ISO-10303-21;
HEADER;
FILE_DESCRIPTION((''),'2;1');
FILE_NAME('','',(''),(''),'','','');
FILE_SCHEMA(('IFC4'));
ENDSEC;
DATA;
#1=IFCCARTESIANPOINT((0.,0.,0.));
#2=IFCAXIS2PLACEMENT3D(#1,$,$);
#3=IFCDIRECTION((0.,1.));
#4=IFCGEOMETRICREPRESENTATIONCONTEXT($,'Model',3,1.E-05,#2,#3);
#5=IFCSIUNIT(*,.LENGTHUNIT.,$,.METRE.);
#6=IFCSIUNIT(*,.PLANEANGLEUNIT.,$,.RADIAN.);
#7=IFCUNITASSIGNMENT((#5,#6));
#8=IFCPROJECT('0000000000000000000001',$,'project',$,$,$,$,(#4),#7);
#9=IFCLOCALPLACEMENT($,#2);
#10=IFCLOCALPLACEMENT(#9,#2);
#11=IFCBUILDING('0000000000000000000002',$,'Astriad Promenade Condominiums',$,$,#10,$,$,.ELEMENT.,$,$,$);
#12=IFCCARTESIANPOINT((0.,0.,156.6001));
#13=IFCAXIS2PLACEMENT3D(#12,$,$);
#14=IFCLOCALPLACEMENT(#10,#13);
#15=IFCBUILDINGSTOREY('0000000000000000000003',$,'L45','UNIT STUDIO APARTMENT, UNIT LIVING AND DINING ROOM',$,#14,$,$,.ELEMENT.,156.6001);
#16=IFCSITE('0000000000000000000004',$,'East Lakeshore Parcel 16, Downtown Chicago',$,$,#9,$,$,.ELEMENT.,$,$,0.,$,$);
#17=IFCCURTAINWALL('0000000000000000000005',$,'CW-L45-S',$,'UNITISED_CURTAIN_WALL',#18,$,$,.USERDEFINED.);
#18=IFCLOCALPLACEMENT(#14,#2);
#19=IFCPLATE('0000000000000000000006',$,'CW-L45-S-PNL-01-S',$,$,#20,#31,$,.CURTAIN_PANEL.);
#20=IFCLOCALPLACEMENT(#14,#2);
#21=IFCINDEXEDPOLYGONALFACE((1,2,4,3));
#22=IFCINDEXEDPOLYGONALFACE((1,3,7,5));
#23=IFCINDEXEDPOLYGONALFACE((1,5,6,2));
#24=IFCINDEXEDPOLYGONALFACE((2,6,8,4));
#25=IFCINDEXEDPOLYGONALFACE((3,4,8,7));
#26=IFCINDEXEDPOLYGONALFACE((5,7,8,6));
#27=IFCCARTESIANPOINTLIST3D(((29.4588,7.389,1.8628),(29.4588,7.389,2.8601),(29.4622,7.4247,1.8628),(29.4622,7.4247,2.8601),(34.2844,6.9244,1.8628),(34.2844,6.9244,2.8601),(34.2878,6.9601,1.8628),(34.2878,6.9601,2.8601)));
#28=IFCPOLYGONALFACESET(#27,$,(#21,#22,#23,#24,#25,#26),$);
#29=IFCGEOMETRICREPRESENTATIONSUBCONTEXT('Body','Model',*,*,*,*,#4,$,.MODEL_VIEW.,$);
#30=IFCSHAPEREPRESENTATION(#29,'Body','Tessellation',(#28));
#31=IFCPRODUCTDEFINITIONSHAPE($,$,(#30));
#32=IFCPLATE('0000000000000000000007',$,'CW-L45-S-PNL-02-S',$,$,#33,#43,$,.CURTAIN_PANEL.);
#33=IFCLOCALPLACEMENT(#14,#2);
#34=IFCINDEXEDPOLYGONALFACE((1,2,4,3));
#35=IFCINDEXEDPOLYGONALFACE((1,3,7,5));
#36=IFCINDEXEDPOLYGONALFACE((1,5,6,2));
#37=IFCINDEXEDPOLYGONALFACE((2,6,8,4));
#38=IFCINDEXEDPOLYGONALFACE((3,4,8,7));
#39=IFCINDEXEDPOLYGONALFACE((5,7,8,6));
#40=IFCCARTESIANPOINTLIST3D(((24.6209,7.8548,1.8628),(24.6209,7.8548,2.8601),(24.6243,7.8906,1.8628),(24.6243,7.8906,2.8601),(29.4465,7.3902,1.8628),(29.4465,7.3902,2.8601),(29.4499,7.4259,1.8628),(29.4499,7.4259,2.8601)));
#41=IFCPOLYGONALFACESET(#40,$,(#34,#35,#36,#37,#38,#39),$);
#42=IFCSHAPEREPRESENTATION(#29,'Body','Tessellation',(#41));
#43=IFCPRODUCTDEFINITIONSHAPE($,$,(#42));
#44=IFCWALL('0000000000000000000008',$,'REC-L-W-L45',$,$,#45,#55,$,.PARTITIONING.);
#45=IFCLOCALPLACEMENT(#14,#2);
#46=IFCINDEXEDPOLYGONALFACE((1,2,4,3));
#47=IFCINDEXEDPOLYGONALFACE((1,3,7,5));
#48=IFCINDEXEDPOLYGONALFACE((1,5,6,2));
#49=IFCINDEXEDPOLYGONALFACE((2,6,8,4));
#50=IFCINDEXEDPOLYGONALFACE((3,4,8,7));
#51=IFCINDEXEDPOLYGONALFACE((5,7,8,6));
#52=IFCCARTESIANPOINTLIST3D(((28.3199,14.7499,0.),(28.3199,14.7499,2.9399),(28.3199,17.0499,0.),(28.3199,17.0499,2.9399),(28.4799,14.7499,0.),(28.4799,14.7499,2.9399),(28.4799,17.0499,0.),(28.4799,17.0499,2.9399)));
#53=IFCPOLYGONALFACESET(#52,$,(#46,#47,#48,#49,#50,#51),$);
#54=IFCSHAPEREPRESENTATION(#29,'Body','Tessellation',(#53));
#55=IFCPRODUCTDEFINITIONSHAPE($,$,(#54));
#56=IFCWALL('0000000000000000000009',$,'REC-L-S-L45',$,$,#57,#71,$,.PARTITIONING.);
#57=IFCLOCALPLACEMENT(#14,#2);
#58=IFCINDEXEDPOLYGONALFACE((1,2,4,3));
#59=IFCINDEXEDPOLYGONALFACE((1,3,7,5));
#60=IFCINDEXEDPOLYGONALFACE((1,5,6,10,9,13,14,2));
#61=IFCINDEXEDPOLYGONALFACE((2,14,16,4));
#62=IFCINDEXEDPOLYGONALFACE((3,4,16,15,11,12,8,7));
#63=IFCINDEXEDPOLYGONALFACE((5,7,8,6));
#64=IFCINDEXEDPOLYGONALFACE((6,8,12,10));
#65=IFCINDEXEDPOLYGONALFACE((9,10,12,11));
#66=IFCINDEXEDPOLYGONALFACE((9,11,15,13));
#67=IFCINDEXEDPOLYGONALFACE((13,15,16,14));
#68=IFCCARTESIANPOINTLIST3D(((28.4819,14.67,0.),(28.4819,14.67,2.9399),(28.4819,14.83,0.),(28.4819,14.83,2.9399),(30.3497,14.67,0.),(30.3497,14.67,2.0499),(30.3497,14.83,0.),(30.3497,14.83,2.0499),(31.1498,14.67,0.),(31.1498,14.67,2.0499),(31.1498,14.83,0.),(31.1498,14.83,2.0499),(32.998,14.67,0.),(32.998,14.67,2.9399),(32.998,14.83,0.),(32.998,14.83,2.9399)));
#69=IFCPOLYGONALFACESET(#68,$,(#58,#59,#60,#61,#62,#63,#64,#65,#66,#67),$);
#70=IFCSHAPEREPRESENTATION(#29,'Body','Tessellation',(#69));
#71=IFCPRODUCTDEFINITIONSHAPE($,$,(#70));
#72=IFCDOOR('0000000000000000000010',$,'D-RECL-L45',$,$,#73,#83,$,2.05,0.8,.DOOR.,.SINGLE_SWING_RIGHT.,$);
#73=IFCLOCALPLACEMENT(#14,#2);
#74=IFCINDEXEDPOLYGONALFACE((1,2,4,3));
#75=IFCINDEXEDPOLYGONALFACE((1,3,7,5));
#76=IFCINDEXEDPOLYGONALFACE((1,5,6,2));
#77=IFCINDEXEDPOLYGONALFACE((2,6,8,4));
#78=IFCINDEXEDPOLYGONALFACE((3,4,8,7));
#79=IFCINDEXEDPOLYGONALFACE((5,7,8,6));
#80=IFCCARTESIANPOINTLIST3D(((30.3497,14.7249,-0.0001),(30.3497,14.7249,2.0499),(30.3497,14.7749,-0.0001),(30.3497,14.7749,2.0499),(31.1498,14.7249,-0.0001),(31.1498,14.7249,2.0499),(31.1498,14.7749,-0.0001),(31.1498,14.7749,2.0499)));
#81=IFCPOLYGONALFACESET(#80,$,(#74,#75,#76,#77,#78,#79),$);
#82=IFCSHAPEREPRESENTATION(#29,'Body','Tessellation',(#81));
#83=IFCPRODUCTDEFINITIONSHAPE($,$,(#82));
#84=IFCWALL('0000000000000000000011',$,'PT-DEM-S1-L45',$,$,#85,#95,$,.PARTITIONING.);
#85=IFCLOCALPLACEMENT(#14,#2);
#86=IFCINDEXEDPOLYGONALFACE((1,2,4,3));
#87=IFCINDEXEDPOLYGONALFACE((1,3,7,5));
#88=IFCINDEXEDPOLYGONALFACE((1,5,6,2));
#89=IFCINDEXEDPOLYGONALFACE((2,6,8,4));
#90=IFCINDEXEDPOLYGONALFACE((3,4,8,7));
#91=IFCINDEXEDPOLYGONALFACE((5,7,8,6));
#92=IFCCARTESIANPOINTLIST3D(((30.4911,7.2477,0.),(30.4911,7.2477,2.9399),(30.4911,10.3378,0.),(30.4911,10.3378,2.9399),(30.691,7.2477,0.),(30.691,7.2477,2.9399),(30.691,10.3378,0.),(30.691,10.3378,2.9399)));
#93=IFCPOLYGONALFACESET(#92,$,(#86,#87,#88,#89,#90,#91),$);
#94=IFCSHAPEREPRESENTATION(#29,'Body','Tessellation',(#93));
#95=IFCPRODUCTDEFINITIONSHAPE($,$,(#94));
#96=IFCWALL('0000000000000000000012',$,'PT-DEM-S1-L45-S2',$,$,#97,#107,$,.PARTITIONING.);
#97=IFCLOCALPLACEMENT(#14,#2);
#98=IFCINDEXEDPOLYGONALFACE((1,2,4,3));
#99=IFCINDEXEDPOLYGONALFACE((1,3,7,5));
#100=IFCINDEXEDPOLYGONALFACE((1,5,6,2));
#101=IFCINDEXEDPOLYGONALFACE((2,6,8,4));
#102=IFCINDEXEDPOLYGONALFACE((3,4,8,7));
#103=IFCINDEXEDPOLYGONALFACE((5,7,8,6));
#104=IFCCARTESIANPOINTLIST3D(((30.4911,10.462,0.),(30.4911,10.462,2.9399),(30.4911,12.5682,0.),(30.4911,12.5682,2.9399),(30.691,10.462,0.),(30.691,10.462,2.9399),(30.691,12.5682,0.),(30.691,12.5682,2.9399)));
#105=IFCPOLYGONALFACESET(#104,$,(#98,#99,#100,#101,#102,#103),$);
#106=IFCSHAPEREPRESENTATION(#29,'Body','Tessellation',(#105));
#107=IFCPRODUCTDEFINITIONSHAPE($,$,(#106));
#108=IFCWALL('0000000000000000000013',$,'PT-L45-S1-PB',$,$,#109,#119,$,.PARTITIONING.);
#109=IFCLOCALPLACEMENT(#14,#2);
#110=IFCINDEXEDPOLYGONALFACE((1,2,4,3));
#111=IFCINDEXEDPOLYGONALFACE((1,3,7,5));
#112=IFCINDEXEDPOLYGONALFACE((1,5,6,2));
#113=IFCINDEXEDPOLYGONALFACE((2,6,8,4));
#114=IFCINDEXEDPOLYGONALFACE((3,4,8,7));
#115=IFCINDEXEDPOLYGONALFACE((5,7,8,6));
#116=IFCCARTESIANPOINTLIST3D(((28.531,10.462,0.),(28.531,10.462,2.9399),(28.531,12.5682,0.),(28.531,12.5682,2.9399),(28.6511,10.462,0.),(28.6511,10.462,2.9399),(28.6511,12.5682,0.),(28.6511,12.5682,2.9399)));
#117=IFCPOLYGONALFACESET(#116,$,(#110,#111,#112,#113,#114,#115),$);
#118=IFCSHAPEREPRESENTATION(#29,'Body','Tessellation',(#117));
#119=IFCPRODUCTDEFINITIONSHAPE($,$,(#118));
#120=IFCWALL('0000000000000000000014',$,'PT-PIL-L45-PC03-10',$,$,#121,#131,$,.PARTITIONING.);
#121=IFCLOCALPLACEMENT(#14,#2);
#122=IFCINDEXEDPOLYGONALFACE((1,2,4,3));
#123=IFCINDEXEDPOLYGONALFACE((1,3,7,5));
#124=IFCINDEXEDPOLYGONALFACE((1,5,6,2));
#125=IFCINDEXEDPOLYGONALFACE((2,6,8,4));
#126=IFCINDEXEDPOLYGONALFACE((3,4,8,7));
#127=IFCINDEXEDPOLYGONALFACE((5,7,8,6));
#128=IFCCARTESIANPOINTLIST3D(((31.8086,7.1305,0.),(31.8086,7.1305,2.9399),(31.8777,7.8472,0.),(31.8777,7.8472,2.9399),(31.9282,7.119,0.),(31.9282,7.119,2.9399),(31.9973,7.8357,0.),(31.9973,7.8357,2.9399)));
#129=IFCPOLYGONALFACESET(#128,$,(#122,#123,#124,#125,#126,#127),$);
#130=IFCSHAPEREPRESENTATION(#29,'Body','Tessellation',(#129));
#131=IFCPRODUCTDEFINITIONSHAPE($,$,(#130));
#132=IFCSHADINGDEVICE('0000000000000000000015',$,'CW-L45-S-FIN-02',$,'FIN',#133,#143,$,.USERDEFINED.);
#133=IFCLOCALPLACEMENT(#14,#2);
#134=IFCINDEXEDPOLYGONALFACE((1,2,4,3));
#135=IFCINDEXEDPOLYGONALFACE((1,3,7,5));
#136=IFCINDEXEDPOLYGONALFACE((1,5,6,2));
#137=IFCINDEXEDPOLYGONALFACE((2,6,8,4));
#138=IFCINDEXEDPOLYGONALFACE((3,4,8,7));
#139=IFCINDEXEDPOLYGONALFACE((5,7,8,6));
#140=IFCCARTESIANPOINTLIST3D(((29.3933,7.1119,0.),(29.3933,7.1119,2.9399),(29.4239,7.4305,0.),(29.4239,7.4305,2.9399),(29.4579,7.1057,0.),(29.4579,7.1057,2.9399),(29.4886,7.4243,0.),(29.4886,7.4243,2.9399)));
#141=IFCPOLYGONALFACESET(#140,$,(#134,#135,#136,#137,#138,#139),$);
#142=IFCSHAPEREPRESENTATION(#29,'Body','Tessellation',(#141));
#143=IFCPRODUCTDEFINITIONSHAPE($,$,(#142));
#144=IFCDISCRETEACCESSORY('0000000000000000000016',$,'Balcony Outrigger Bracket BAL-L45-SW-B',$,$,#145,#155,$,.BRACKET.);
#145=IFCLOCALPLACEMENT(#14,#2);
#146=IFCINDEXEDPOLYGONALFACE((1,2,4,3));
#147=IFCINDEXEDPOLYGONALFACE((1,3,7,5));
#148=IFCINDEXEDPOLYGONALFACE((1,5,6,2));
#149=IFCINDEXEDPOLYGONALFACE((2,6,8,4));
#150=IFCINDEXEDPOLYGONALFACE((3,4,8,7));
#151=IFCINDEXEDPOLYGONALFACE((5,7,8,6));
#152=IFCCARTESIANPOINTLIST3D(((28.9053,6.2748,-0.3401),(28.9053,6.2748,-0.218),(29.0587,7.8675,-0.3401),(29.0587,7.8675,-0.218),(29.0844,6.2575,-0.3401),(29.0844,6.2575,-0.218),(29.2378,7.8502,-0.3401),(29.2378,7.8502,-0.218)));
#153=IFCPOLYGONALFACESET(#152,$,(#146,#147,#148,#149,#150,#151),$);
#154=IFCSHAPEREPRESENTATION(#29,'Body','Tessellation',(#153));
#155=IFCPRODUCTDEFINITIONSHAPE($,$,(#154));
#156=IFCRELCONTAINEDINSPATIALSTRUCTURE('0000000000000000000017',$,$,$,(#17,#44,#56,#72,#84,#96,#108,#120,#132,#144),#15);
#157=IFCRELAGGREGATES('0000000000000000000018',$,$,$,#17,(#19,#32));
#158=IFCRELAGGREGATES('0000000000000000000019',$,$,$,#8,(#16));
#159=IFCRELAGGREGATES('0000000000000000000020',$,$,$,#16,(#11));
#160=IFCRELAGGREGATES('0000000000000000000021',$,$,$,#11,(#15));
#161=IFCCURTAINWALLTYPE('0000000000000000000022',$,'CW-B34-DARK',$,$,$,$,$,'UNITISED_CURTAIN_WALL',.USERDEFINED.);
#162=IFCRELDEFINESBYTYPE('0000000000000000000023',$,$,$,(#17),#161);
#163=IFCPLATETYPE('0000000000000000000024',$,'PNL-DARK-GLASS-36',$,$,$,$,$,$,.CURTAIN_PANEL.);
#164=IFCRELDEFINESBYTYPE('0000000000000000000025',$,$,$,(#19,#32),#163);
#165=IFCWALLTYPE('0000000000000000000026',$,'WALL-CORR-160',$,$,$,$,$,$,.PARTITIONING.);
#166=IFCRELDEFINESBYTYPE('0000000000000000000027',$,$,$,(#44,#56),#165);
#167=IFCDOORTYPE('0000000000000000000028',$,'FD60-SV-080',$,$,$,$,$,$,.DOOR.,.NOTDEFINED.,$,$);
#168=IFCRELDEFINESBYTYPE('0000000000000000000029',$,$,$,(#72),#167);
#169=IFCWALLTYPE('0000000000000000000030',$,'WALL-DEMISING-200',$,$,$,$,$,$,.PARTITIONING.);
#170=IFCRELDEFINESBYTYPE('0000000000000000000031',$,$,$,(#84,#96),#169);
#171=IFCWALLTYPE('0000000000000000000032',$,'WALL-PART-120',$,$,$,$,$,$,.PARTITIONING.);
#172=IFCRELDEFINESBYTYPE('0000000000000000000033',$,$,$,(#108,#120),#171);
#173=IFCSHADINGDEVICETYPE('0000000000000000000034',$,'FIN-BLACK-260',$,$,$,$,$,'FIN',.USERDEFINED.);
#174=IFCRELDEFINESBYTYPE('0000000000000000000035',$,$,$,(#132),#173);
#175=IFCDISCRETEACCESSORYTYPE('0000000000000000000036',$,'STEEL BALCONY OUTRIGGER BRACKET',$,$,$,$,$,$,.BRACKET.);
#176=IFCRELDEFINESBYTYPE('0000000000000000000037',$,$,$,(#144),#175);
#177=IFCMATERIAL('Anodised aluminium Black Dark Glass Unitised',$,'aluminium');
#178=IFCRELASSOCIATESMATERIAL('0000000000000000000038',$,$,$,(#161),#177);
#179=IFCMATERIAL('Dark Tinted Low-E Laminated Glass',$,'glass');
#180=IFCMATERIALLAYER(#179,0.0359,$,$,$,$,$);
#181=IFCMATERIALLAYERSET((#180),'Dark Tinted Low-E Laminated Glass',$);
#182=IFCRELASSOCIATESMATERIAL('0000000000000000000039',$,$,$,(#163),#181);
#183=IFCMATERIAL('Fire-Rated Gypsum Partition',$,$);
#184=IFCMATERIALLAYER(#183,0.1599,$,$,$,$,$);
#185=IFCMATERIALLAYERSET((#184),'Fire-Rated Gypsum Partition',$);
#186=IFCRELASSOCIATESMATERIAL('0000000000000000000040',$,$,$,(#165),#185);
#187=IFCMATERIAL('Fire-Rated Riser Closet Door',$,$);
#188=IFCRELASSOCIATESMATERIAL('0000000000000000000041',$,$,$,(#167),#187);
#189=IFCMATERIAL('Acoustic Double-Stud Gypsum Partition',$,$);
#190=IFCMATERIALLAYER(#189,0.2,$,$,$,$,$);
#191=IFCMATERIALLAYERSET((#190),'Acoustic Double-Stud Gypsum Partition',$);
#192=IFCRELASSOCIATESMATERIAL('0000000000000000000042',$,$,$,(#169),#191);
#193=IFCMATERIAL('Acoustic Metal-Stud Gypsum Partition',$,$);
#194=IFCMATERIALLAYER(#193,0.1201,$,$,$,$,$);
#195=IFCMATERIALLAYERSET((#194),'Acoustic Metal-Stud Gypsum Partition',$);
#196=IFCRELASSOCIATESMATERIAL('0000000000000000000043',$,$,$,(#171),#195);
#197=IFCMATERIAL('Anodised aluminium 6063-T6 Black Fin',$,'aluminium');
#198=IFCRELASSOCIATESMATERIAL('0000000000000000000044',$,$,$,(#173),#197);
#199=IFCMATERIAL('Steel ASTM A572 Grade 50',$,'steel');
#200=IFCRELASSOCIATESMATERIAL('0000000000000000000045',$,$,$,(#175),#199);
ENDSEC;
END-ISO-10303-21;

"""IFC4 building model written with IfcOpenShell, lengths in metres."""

from ifc_helpers import new_model, si_unit, direction, frame, frame_2d, origin, origin_2d, place, context, subcontext, project, spatial, rectangle, extrude, source, transform, mapped, material, layer, layer_set, type_object, type_shapes, element, fill, aggregate, save


model = new_model("IFC4")

# Units and contexts
model_context = context("Model", 3, precision=1e-05, world=origin(), true_north=direction((0.0, 1.0)))
body_context = subcontext(model_context, "Body", "Model", "MODEL_VIEW")
ifc_project = project(units=[si_unit("LENGTHUNIT", "METRE"), si_unit("PLANEANGLEUNIT", "RADIAN")], contexts=[model_context])

# Site, building, storey
site_placement = place(None, origin())
site = spatial("IfcSite", under=ifc_project, at=site_placement, Name="East Lakeshore Parcel 16, Downtown Chicago", CompositionType="ELEMENT", RefElevation=0.0)
building_placement = place(site_placement, origin())
building = spatial("IfcBuilding", under=site, at=building_placement, Name="Astriad Promenade Condominiums", CompositionType="ELEMENT")
storey_placement = place(building_placement, frame((0.0, 0.0, 156.6001)))
storey = spatial("IfcBuildingStorey", under=building, at=storey_placement, Name="L45", Description="UNIT STUDIO APARTMENT, UNIT LIVING AND DINING ROOM", CompositionType="ELEMENT", Elevation=156.6001)

# Curtain wall, plates
ifc_material_1 = material(Name="Anodised aluminium Black Dark Glass Unitised", Category="aluminium")
curtain_wall_type = type_object("IfcCurtainWallType", Name="CW-B34-DARK", ElementType="UNITISED_CURTAIN_WALL", PredefinedType="USERDEFINED", material=ifc_material_1)
curtain_wall_placement = place(storey_placement, origin())
curtain_wall = element("IfcCurtainWall", 1, at=curtain_wall_placement, inside=storey, type_object=curtain_wall_type, Name="CW-L45-S", ObjectType="UNITISED_CURTAIN_WALL", PredefinedType="USERDEFINED")
ifc_material_2 = material(Name="Dark Tinted Low-E Laminated Glass", Category="glass")
ifc_layer_1 = layer(ifc_material_2, 0.0359)
ifc_layer_set_1 = layer_set([ifc_layer_1], Name="Dark Tinted Low-E Laminated Glass")
plate_type = type_object("IfcPlateType", Name="PNL-DARK-GLASS-36", PredefinedType="CURTAIN_PANEL", material=ifc_layer_set_1)
shared_shape_1 = source(origin(), body_context, "Body", "SweptSolid", [
    extrude(rectangle(XDim=4.8479, YDim=0.0359, at=origin_2d()), origin(), (0.0, 0.0, 1.0), 0.9973),
])
plate_1_placement = place(storey_placement, frame((31.8733, 7.1746, 1.8628), z_axis=(0.0, 0.0, 1.0), x_axis=(-0.995396, 0.095846, 0.0)))
plate_1 = element("IfcPlate", 2, at=plate_1_placement, type_object=plate_type, Name="CW-L45-S-PNL-01-S", PredefinedType="CURTAIN_PANEL", context=body_context, shape_type="MappedRepresentation", body=[
    mapped(shared_shape_1, transform((0.0, 0.0, 0.0), scale=1.0)),
])
plate_2_placement = place(storey_placement, frame((27.0354, 7.6404, 1.8628), z_axis=(0.0, 0.0, 1.0), x_axis=(-0.995396, 0.095846, 0.0)))
plate_2 = element("IfcPlate", 3, at=plate_2_placement, type_object=plate_type, Name="CW-L45-S-PNL-02-S", PredefinedType="CURTAIN_PANEL", context=body_context, shape_type="MappedRepresentation", body=[
    mapped(shared_shape_1, transform((0.0, 0.0, 0.0), scale=1.0)),
])
aggregate(curtain_wall, [plate_1, plate_2])

# Wall
ifc_material_3 = material(Name="Fire-Rated Gypsum Partition")
ifc_layer_2 = layer(ifc_material_3, 0.1599)
ifc_layer_set_2 = layer_set([ifc_layer_2], Name="Fire-Rated Gypsum Partition")
wall_type_1 = type_object("IfcWallType", Name="WALL-CORR-160", PredefinedType="PARTITIONING", material=ifc_layer_set_2)
wall_1_placement = place(storey_placement, frame((28.3999, 14.75, 0.0), z_axis=(0.0, 0.0, 1.0), x_axis=(0.0, 1.0, 0.0)))
element("IfcWall", 4, at=wall_1_placement, inside=storey, type_object=wall_type_1, Name="REC-L-W-L45", PredefinedType="PARTITIONING", context=body_context, shape_type="SweptSolid", body=[
    extrude(rectangle(XDim=2.3, YDim=0.1599, at=frame_2d((1.1499, 0.0))), origin(), (0.0, 0.0, 1.0), 2.9399),
])

# Wall, opening, door
wall_2_placement = place(storey_placement, frame((28.4819, 14.75, 0.0), z_axis=(0.0, 0.0, 1.0), x_axis=(1.0, 0.0, 0.0)))
wall_2 = element("IfcWall", 5, at=wall_2_placement, inside=storey, type_object=wall_type_1, Name="REC-L-S-L45", PredefinedType="PARTITIONING", context=body_context, shape_type="SweptSolid", body=[
    extrude(rectangle(XDim=4.5161, YDim=0.1599, at=frame_2d((2.2581, 0.0))), origin(), (0.0, 0.0, 1.0), 2.9399),
])
opening_placement = place(wall_2_placement, frame((1.8679, 0.0, 0.0)))
opening = element("IfcOpeningElement", 6, at=opening_placement, cuts=wall_2, PredefinedType="OPENING", context=body_context, shape_type="SweptSolid", body=[
    extrude(rectangle(XDim=0.8, YDim=2.05, at=frame_2d((0.3999, 1.0249))), frame((0.0, 0.0898, 0.0), z_axis=(0.0, -1.0, 0.0), x_axis=(1.0, 0.0, 0.0)), (0.0, 0.0, 1.0), 0.1799),
])
ifc_material_4 = material(Name="Fire-Rated Riser Closet Door")
door_type = type_object("IfcDoorType", Name="FD60-SV-080", OperationType="NOTDEFINED", PredefinedType="DOOR", material=ifc_material_4)
shared_shape_2 = source(origin(), body_context, "Body", "SweptSolid", [
    extrude(rectangle(XDim=0.8, YDim=2.05, at=frame_2d((0.3999, 1.0249))), frame((0.0, 0.0249, 0.0), z_axis=(0.0, -1.0, 0.0), x_axis=(1.0, 0.0, 0.0)), (0.0, 0.0, 1.0), 0.05),
])
type_shapes(door_type, [shared_shape_2])
door_placement = place(opening_placement, origin())
door = element("IfcDoor", 7, at=door_placement, inside=storey, type_object=door_type, Name="D-RECL-L45", OperationType="SINGLE_SWING_RIGHT", OverallHeight=2.05, OverallWidth=0.8, PredefinedType="DOOR", context=body_context, shape_type="MappedRepresentation", body=[
    mapped(shared_shape_2, transform((0.0, 0.0, 0.0), scale=1.0)),
])
fill(opening, door)

# Walls
ifc_material_5 = material(Name="Acoustic Double-Stud Gypsum Partition")
ifc_layer_3 = layer(ifc_material_5, 0.2)
ifc_layer_set_3 = layer_set([ifc_layer_3], Name="Acoustic Double-Stud Gypsum Partition")
wall_type_2 = type_object("IfcWallType", Name="WALL-DEMISING-200", PredefinedType="PARTITIONING", material=ifc_layer_set_3)
wall_3_placement = place(storey_placement, frame((30.5911, 7.2478, 0.0), z_axis=(0.0, 0.0, 1.0), x_axis=(0.0, 1.0, 0.0)))
element("IfcWall", 8, at=wall_3_placement, inside=storey, type_object=wall_type_2, Name="PT-DEM-S1-L45", PredefinedType="PARTITIONING", context=body_context, shape_type="SweptSolid", body=[
    extrude(rectangle(XDim=3.0901, YDim=0.2, at=frame_2d((1.5449, 0.0))), origin(), (0.0, 0.0, 1.0), 2.9399),
])
wall_4_placement = place(storey_placement, frame((30.5911, 10.4619, 0.0), z_axis=(0.0, 0.0, 1.0), x_axis=(0.0, 1.0, 0.0)))
element("IfcWall", 9, at=wall_4_placement, inside=storey, type_object=wall_type_2, Name="PT-DEM-S1-L45-S2", PredefinedType="PARTITIONING", context=body_context, shape_type="SweptSolid", body=[
    extrude(rectangle(XDim=2.1062, YDim=0.2, at=frame_2d((1.0532, 0.0))), origin(), (0.0, 0.0, 1.0), 2.9399),
])
ifc_material_6 = material(Name="Acoustic Metal-Stud Gypsum Partition")
ifc_layer_4 = layer(ifc_material_6, 0.1201)
ifc_layer_set_4 = layer_set([ifc_layer_4], Name="Acoustic Metal-Stud Gypsum Partition")
wall_type_3 = type_object("IfcWallType", Name="WALL-PART-120", PredefinedType="PARTITIONING", material=ifc_layer_set_4)
wall_5_placement = place(storey_placement, frame((28.5911, 10.4619, 0.0), z_axis=(0.0, 0.0, 1.0), x_axis=(0.0, 1.0, 0.0)))
element("IfcWall", 10, at=wall_5_placement, inside=storey, type_object=wall_type_3, Name="PT-L45-S1-PB", PredefinedType="PARTITIONING", context=body_context, shape_type="SweptSolid", body=[
    extrude(rectangle(XDim=2.1062, YDim=0.1201, at=frame_2d((1.0532, 0.0))), origin(), (0.0, 0.0, 1.0), 2.9399),
])
wall_6_placement = place(storey_placement, frame((31.9375, 7.8413, 0.0), z_axis=(0.0, 0.0, 1.0), x_axis=(-0.095977, -0.995384, 0.0)))
element("IfcWall", 11, at=wall_6_placement, inside=storey, type_object=wall_type_3, Name="PT-PIL-L45-PC03-10", PredefinedType="PARTITIONING", context=body_context, shape_type="SweptSolid", body=[
    extrude(rectangle(XDim=0.72, YDim=0.1201, at=frame_2d((0.3599, 0.0))), origin(), (0.0, 0.0, 1.0), 2.9399),
])

# Shading device
ifc_material_7 = material(Name="Anodised aluminium 6063-T6 Black Fin", Category="aluminium")
shading_device_type = type_object("IfcShadingDeviceType", Name="FIN-BLACK-260", ElementType="FIN", PredefinedType="USERDEFINED", material=ifc_material_7)
shared_shape_3 = source(origin(), body_context, "Body", "SweptSolid", [
    extrude(rectangle(XDim=0.0649, YDim=0.3201, at=origin_2d()), origin(), (0.0, 0.0, 1.0), 2.9399),
])
type_shapes(shading_device_type, [shared_shape_3])
shading_device_placement = place(storey_placement, frame((29.4409, 7.2681, 0.0), z_axis=(0.0, 0.0, 1.0), x_axis=(-0.995396, 0.095846, 0.0)))
element("IfcShadingDevice", 12, at=shading_device_placement, inside=storey, type_object=shading_device_type, Name="CW-L45-S-FIN-02", ObjectType="FIN", PredefinedType="USERDEFINED", context=body_context, shape_type="MappedRepresentation", body=[
    mapped(shared_shape_3, transform((0.0, 0.0, 0.0), scale=1.0)),
])

# Discrete accessory
ifc_material_8 = material(Name="Steel ASTM A572 Grade 50", Category="steel")
discrete_accessory_type = type_object("IfcDiscreteAccessoryType", Name="STEEL BALCONY OUTRIGGER BRACKET", PredefinedType="BRACKET", material=ifc_material_8)
shared_shape_4 = source(origin(), body_context, "Body", "SweptSolid", [
    extrude(rectangle(XDim=1.6001, YDim=0.1799, at=origin_2d()), origin(), (0.0, 0.0, 1.0), 0.1221),
])
type_shapes(discrete_accessory_type, [shared_shape_4])
discrete_accessory_placement = place(storey_placement, frame((29.0715, 7.0625, -0.3401), z_axis=(0.0, 0.0, 1.0), x_axis=(-0.095846, -0.995396, 0.0)))
element("IfcDiscreteAccessory", 13, at=discrete_accessory_placement, inside=storey, type_object=discrete_accessory_type, Name="Balcony Outrigger Bracket BAL-L45-SW-B", PredefinedType="BRACKET", context=body_context, shape_type="MappedRepresentation", body=[
    mapped(shared_shape_4, transform((0.0, 0.0, 0.0), scale=1.0)),
])

save(model, "model.ifc")
